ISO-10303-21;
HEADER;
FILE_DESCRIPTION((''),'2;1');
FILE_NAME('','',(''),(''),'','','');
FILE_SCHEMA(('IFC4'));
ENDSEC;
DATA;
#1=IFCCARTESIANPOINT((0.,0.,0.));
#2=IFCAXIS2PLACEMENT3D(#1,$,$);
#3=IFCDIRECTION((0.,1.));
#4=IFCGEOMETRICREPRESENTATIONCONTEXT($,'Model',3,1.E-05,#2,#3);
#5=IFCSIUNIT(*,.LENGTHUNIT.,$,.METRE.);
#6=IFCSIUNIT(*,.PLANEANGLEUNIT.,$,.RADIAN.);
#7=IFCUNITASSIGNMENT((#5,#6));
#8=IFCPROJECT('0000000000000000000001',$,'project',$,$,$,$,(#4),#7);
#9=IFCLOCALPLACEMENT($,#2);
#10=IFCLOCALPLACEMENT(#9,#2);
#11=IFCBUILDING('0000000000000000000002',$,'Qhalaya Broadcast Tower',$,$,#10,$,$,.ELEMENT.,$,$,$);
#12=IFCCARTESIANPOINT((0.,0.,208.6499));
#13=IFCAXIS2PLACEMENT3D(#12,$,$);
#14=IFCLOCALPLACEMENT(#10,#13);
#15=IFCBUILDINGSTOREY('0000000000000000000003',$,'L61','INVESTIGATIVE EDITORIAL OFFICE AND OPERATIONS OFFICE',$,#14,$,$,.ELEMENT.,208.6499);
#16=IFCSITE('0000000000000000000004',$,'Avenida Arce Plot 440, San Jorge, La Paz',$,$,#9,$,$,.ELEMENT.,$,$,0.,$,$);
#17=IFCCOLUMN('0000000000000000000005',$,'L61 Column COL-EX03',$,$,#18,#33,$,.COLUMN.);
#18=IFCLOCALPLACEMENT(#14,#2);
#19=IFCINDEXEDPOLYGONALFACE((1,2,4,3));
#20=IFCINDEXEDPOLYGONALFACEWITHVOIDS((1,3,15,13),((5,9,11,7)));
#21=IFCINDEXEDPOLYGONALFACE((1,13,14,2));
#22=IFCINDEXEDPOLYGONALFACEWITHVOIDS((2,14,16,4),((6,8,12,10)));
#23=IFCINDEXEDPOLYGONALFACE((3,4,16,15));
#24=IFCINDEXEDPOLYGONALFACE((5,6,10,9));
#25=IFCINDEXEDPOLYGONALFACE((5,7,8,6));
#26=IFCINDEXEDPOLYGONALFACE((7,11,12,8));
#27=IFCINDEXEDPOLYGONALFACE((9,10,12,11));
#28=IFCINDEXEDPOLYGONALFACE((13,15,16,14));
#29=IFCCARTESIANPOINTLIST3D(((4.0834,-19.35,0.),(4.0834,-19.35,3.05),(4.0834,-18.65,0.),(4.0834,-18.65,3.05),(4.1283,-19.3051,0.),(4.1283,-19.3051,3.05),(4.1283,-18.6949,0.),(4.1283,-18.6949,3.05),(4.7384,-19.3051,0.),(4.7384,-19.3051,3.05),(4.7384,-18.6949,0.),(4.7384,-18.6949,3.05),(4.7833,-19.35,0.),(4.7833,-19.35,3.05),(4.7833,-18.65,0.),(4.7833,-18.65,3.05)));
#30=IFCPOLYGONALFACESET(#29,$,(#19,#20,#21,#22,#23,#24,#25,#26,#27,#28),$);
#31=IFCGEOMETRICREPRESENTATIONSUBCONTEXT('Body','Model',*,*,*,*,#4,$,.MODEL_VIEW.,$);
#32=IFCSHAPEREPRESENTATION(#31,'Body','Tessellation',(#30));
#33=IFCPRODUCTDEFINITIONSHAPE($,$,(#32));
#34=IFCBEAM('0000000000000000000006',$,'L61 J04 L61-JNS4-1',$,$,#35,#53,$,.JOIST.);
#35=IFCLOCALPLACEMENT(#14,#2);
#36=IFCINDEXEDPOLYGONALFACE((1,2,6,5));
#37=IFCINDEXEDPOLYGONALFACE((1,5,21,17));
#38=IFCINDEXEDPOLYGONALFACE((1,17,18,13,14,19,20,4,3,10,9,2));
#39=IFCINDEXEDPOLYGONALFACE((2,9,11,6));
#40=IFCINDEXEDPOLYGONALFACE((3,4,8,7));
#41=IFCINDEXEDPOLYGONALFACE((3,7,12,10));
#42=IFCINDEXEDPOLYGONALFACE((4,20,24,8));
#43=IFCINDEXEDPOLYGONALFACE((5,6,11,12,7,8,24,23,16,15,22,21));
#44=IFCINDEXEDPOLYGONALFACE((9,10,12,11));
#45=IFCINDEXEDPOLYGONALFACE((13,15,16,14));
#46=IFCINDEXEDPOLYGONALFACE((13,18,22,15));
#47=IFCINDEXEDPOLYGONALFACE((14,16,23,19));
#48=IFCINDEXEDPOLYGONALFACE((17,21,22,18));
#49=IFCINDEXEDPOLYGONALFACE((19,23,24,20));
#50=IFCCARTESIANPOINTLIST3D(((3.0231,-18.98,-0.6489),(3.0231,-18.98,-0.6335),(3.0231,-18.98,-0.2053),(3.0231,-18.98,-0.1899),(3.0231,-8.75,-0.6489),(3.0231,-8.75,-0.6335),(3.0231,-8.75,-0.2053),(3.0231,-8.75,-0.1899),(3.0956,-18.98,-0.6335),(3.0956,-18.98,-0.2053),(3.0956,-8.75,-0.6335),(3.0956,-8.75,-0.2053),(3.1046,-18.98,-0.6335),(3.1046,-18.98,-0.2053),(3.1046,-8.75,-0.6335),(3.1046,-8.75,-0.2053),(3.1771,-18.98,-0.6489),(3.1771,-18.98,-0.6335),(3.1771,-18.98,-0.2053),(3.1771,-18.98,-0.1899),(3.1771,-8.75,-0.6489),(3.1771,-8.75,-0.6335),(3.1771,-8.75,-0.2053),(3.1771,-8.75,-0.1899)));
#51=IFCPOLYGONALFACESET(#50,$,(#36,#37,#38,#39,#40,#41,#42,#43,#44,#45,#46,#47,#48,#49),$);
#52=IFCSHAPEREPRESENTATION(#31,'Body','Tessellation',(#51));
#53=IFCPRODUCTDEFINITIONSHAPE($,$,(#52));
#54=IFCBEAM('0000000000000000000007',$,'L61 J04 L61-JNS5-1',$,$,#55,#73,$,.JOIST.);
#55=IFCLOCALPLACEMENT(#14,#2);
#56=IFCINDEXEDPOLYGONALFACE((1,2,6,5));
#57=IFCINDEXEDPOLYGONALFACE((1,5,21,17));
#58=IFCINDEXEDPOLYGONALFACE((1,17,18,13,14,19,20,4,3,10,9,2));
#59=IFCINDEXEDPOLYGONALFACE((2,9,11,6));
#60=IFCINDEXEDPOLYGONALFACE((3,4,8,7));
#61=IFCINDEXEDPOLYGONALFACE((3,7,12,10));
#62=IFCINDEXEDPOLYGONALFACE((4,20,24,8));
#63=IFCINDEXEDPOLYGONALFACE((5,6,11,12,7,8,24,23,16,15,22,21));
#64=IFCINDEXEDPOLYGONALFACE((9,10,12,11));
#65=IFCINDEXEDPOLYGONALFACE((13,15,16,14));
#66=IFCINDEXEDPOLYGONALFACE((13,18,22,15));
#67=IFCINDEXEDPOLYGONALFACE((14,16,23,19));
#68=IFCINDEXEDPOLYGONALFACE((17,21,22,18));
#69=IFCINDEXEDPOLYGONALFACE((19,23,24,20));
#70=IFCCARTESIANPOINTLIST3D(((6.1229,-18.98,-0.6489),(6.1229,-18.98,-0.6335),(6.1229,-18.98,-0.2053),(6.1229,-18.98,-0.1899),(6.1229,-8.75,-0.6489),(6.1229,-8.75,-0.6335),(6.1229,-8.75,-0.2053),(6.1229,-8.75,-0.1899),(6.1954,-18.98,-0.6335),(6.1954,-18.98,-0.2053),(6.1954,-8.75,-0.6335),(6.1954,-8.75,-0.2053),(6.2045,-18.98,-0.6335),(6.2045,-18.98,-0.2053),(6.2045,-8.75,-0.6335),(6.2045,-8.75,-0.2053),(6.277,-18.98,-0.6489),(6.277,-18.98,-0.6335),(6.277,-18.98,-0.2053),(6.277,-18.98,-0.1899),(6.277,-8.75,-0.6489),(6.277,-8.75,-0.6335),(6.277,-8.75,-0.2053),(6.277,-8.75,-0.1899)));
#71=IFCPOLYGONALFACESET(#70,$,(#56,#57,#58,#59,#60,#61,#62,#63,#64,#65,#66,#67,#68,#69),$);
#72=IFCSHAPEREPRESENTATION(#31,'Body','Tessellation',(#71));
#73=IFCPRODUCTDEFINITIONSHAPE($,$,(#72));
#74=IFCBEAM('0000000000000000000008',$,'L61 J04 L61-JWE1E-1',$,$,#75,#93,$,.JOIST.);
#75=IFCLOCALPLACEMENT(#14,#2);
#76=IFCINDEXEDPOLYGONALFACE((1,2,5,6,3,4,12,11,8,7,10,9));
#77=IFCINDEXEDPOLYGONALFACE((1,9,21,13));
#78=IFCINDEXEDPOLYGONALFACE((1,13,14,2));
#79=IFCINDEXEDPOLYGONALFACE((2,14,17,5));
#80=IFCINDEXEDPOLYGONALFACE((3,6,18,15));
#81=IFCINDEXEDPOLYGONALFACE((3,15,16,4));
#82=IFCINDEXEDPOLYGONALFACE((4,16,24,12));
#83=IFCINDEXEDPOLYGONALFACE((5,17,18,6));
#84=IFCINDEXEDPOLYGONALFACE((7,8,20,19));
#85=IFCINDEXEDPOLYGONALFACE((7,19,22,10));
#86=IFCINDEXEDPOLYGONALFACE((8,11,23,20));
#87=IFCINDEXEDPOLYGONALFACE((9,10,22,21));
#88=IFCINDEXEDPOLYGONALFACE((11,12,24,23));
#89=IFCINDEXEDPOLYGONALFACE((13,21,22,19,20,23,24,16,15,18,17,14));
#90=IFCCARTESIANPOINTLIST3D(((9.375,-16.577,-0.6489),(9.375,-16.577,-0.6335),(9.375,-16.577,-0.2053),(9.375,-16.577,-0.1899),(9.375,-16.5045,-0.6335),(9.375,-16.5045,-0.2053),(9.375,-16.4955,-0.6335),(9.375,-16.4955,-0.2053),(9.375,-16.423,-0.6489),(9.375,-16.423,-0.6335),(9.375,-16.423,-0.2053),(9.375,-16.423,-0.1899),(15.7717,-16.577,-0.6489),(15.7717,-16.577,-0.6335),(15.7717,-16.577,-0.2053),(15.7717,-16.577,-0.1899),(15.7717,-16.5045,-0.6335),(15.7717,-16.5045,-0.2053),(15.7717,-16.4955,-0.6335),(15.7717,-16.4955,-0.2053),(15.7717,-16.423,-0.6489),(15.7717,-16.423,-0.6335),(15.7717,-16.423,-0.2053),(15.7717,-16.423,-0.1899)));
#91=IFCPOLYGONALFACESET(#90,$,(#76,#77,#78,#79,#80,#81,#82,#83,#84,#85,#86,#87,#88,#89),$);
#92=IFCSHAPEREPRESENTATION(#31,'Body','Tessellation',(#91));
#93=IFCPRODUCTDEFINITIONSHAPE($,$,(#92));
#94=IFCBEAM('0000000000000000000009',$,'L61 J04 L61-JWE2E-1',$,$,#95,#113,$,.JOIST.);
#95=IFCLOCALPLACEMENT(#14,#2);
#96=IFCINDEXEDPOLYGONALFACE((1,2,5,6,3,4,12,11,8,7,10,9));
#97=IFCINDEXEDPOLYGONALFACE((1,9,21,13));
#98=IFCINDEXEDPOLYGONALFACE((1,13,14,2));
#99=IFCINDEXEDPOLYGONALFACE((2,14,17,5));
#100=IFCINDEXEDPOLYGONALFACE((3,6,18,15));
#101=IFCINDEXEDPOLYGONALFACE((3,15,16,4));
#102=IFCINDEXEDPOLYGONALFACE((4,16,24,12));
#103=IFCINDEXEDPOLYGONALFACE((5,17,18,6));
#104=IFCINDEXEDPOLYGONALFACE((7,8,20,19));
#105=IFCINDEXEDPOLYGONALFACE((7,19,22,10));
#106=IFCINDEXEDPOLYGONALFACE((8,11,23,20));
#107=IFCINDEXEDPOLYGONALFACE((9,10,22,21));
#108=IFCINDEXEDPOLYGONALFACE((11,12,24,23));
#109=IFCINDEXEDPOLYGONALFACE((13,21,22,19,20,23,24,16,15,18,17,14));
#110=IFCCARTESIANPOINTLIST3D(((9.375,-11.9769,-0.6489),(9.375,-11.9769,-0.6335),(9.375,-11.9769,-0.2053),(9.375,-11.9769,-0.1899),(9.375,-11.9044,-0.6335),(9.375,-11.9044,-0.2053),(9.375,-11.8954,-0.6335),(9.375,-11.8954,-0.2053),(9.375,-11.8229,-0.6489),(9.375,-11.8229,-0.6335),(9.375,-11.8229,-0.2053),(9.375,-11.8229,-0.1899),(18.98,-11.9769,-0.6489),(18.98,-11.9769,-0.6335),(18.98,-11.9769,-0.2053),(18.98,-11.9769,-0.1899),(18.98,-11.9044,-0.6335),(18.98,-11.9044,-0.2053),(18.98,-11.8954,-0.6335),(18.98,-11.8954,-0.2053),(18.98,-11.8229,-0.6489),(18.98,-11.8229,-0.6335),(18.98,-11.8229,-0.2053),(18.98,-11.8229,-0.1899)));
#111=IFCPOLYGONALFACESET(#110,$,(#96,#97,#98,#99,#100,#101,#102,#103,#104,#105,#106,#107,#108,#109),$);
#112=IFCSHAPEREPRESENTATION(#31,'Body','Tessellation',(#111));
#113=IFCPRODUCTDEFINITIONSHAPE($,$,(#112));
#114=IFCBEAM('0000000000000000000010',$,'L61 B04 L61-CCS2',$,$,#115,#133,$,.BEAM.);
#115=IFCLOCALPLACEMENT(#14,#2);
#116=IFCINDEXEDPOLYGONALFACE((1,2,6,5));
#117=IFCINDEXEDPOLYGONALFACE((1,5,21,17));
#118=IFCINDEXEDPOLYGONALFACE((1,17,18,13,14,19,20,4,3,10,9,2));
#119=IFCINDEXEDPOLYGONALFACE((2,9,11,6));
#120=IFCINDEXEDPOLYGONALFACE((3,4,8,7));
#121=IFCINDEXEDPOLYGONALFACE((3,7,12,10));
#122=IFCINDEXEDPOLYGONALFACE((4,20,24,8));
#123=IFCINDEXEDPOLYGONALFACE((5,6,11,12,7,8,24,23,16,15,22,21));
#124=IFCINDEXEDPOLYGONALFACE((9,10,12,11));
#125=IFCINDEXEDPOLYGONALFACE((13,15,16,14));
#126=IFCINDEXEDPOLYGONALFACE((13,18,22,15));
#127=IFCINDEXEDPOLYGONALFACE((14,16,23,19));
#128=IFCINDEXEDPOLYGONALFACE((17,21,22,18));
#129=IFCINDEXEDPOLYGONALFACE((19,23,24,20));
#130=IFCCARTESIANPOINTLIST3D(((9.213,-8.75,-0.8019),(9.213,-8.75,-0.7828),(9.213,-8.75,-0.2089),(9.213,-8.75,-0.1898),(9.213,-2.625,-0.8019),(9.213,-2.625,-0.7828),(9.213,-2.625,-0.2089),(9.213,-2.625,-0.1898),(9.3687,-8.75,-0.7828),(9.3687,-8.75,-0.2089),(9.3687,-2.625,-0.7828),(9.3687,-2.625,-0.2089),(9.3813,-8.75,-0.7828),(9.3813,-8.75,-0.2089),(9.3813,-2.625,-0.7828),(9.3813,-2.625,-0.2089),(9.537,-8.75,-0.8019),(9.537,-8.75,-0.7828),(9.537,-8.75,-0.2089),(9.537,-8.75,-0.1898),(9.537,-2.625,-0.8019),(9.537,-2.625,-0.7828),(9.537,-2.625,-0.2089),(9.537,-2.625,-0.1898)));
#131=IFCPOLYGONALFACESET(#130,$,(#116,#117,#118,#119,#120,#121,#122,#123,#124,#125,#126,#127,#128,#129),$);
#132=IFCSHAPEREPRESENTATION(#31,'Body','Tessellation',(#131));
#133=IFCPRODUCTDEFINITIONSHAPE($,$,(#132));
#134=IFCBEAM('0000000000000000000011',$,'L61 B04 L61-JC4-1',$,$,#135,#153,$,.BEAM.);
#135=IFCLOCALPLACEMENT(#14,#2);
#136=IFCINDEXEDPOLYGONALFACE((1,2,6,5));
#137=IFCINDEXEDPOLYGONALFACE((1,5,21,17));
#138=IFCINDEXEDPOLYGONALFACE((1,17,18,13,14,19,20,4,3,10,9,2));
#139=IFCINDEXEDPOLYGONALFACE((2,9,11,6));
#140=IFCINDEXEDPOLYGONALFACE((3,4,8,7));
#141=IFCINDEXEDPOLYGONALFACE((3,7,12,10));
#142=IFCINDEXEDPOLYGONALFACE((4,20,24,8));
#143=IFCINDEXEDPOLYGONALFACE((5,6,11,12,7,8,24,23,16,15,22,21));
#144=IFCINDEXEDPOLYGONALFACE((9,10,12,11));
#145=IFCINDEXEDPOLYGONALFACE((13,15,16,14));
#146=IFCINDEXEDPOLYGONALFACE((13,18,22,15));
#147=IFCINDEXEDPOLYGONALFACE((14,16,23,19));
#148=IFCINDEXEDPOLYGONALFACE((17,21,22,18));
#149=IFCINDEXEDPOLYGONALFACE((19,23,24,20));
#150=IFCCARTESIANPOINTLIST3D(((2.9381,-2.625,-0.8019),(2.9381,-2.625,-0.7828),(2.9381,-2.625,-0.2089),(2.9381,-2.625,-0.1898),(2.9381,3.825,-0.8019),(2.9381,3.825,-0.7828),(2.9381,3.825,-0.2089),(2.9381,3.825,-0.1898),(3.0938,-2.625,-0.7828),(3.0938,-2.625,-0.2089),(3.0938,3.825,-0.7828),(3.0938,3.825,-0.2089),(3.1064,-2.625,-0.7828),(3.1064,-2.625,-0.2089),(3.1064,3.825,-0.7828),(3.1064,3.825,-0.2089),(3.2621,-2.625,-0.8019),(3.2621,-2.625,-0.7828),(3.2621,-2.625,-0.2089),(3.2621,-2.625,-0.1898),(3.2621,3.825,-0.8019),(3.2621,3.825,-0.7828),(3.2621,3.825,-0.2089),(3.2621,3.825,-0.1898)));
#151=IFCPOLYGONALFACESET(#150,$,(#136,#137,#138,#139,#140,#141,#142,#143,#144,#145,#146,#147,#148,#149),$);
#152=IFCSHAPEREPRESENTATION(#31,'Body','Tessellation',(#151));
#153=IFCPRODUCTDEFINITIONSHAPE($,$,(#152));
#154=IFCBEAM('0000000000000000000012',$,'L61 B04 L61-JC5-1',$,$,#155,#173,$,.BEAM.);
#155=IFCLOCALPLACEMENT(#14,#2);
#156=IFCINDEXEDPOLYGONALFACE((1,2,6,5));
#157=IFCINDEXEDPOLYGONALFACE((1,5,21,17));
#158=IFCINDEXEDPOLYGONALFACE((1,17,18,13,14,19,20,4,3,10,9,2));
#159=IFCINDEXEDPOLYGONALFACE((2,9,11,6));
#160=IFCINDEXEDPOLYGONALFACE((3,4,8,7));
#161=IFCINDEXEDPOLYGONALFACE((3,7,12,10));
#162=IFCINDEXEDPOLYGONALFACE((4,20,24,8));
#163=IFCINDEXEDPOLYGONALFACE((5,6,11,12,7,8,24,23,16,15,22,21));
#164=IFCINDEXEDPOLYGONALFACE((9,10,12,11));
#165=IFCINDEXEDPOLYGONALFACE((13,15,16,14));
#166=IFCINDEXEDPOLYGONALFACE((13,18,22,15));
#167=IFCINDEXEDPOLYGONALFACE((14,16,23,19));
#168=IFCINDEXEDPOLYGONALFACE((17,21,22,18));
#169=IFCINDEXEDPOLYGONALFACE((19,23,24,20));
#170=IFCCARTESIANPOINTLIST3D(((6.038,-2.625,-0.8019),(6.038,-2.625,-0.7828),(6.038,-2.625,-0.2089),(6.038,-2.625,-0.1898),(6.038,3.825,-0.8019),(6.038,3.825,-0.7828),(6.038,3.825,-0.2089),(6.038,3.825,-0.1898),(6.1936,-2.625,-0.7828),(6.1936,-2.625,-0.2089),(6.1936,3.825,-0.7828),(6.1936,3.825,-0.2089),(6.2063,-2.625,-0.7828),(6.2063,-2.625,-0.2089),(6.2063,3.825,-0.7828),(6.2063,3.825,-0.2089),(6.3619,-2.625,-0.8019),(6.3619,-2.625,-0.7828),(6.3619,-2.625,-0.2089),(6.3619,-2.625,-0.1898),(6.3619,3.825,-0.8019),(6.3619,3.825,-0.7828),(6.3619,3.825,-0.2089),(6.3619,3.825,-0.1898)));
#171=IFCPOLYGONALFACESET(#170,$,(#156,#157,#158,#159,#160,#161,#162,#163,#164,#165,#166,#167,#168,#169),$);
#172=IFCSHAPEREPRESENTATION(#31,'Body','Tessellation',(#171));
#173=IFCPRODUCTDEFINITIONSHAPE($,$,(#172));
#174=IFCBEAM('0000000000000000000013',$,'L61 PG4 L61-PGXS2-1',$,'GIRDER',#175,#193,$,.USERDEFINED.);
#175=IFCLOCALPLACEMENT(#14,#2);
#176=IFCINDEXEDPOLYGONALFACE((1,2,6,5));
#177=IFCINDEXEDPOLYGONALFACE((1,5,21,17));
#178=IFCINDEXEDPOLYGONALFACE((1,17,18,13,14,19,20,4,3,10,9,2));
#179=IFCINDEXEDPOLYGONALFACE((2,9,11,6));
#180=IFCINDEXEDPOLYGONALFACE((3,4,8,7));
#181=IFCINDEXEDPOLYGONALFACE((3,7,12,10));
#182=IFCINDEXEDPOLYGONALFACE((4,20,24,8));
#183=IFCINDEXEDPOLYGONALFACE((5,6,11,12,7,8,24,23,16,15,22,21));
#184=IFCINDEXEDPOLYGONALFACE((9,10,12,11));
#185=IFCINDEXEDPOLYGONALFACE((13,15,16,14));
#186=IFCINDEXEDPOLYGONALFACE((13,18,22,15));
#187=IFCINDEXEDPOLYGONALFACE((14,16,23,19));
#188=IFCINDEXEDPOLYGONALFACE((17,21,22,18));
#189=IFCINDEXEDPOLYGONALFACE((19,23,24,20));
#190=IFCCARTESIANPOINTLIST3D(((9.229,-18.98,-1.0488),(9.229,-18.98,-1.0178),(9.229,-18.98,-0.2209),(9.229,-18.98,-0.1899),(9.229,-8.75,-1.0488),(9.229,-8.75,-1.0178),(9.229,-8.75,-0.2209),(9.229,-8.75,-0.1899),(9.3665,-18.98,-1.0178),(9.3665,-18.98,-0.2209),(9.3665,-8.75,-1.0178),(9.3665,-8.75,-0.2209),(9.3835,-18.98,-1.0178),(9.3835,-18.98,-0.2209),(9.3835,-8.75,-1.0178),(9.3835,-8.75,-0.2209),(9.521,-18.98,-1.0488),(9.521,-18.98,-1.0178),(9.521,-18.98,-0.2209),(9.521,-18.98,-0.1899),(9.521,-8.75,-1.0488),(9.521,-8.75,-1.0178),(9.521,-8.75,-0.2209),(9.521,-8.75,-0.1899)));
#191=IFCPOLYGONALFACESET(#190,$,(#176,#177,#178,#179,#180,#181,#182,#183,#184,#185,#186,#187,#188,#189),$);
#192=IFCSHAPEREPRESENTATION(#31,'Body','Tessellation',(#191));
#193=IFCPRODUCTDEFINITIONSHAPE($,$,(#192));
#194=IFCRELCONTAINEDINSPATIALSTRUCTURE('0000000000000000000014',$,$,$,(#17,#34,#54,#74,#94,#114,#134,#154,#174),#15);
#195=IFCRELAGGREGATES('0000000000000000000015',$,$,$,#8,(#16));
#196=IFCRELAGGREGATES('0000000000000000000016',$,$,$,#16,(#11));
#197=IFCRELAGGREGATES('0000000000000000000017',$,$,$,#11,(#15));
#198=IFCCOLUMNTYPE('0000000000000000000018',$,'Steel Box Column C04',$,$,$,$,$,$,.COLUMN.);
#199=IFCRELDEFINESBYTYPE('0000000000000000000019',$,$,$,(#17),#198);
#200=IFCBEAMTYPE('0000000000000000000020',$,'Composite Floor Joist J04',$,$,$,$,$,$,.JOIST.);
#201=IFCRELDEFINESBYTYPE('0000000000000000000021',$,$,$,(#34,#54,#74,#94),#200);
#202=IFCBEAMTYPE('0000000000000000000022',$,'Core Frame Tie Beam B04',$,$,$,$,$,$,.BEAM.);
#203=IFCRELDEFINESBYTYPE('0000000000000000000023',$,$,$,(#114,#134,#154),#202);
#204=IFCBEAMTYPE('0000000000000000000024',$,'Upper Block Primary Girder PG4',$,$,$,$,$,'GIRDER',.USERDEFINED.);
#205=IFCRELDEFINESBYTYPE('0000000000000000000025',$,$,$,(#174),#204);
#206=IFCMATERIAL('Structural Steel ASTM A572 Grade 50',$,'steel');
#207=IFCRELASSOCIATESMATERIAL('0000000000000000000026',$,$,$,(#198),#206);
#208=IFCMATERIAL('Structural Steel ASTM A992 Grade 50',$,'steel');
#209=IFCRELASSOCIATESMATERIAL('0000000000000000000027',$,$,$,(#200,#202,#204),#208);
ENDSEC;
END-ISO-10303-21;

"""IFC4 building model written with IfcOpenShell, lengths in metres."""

from ifc_helpers import new_model, si_unit, direction, frame, origin, origin_2d, place, context, subcontext, project, spatial, hollow_rectangle, i_section, extrude, material, material_profile, profile_set, type_object, element, save


model = new_model("IFC4")

# Units and contexts
model_context = context("Model", 3, precision=1e-05, world=origin(), true_north=direction((0.0, 1.0)))
body_context = subcontext(model_context, "Body", "Model", "MODEL_VIEW")
ifc_project = project(units=[si_unit("LENGTHUNIT", "METRE"), si_unit("PLANEANGLEUNIT", "RADIAN")], contexts=[model_context])

# Site, building, storey
site_placement = place(None, origin())
site = spatial("IfcSite", under=ifc_project, at=site_placement, Name="Avenida Arce Plot 440, San Jorge, La Paz", CompositionType="ELEMENT", RefElevation=0.0)
building_placement = place(site_placement, origin())
building = spatial("IfcBuilding", under=site, at=building_placement, Name="Qhalaya Broadcast Tower", CompositionType="ELEMENT")
storey_placement = place(building_placement, frame((0.0, 0.0, 208.6499)))
storey = spatial("IfcBuildingStorey", under=building, at=storey_placement, Name="L61", Description="INVESTIGATIVE EDITORIAL OFFICE AND OPERATIONS OFFICE", CompositionType="ELEMENT", Elevation=208.6499)

# Column
ifc_material_1 = material(Name="Structural Steel ASTM A572 Grade 50", Category="steel")
ifc_material_profile_1 = material_profile(ifc_material_1, hollow_rectangle(XDim=0.7, YDim=0.7, WallThickness=0.0449, at=origin_2d()), Name="BOX 700x700x45")
ifc_profile_set_1 = profile_set([ifc_material_profile_1], Name="Structural Steel ASTM A572 Grade 50")
column_type = type_object("IfcColumnType", Name="Steel Box Column C04", PredefinedType="COLUMN", material=ifc_profile_set_1)
column_placement = place(storey_placement, frame((4.4333, -19.0, 0.0), z_axis=(0.0, 0.0, 1.0), x_axis=(1.0, 0.0, 0.0)))
element("IfcColumn", 1, at=column_placement, inside=storey, type_object=column_type, Name="L61 Column COL-EX03", PredefinedType="COLUMN", context=body_context, shape_type="SweptSolid", body=[
    extrude(hollow_rectangle(XDim=0.7, YDim=0.7, WallThickness=0.0449, at=origin_2d()), origin(), (0.0, 0.0, 1.0), 3.05),
])

# Beams
ifc_material_2 = material(Name="Structural Steel ASTM A992 Grade 50", Category="steel")
ifc_material_profile_2 = material_profile(ifc_material_2, i_section(OverallWidth=0.1541, OverallDepth=0.459, WebThickness=0.009, FlangeThickness=0.0154, at=origin_2d()), Name="W18X46")
ifc_profile_set_2 = profile_set([ifc_material_profile_2], Name="Structural Steel ASTM A992 Grade 50")
beam_type_1 = type_object("IfcBeamType", Name="Composite Floor Joist J04", PredefinedType="JOIST", material=ifc_profile_set_2)
for number, where, z_axis, x_axis, name in (
    (2, (3.1001, -18.98, -0.4194), (0.0, 1.0, 0.0), (-1.0, 0.0, 0.0), "L61 J04 L61-JNS4-1"),
    (3, (6.2, -18.98, -0.4194), (0.0, 1.0, 0.0), (-1.0, 0.0, 0.0), "L61 J04 L61-JNS5-1"),
):
    element("IfcBeam", number, at=place(storey_placement, frame(where, z_axis=z_axis, x_axis=x_axis)), inside=storey, type_object=beam_type_1, Name=name, PredefinedType="JOIST", context=body_context, shape_type="SweptSolid", body=[
        extrude(i_section(OverallWidth=0.1541, OverallDepth=0.459, WebThickness=0.009, FlangeThickness=0.0154, at=origin_2d()), origin(), (0.0, 0.0, 1.0), 10.23),
    ])
beam_1_placement = place(storey_placement, frame((9.375, -16.5, -0.4194), z_axis=(1.0, 0.0, 0.0), x_axis=(0.0, 1.0, 0.0)))
element("IfcBeam", 4, at=beam_1_placement, inside=storey, type_object=beam_type_1, Name="L61 J04 L61-JWE1E-1", PredefinedType="JOIST", context=body_context, shape_type="SweptSolid", body=[
    extrude(i_section(OverallWidth=0.1541, OverallDepth=0.459, WebThickness=0.009, FlangeThickness=0.0154, at=origin_2d()), origin(), (0.0, 0.0, 1.0), 6.3967),
])
beam_2_placement = place(storey_placement, frame((9.375, -11.8999, -0.4194), z_axis=(1.0, 0.0, 0.0), x_axis=(0.0, 1.0, 0.0)))
element("IfcBeam", 5, at=beam_2_placement, inside=storey, type_object=beam_type_1, Name="L61 J04 L61-JWE2E-1", PredefinedType="JOIST", context=body_context, shape_type="SweptSolid", body=[
    extrude(i_section(OverallWidth=0.1541, OverallDepth=0.459, WebThickness=0.009, FlangeThickness=0.0154, at=origin_2d()), origin(), (0.0, 0.0, 1.0), 9.605),
])
ifc_material_profile_3 = material_profile(ifc_material_2, i_section(OverallWidth=0.324, OverallDepth=0.6121, WebThickness=0.0127, FlangeThickness=0.019, at=origin_2d()), Name="W24X104")
ifc_profile_set_3 = profile_set([ifc_material_profile_3], Name="Structural Steel ASTM A992 Grade 50")
beam_type_2 = type_object("IfcBeamType", Name="Core Frame Tie Beam B04", PredefinedType="BEAM", material=ifc_profile_set_3)
beam_3_placement = place(storey_placement, frame((9.375, -8.75, -0.4958), z_axis=(0.0, 1.0, 0.0), x_axis=(-1.0, 0.0, 0.0)))
element("IfcBeam", 6, at=beam_3_placement, inside=storey, type_object=beam_type_2, Name="L61 B04 L61-CCS2", PredefinedType="BEAM", context=body_context, shape_type="SweptSolid", body=[
    extrude(i_section(OverallWidth=0.324, OverallDepth=0.6121, WebThickness=0.0127, FlangeThickness=0.019, at=origin_2d()), origin(), (0.0, 0.0, 1.0), 6.125),
])
for number, where, z_axis, x_axis, name in (
    (7, (3.1001, -2.625, -0.4958), (0.0, 1.0, 0.0), (-1.0, 0.0, 0.0), "L61 B04 L61-JC4-1"),
    (8, (6.2, -2.625, -0.4958), (0.0, 1.0, 0.0), (-1.0, 0.0, 0.0), "L61 B04 L61-JC5-1"),
):
    element("IfcBeam", number, at=place(storey_placement, frame(where, z_axis=z_axis, x_axis=x_axis)), inside=storey, type_object=beam_type_2, Name=name, PredefinedType="BEAM", context=body_context, shape_type="SweptSolid", body=[
        extrude(i_section(OverallWidth=0.324, OverallDepth=0.6121, WebThickness=0.0127, FlangeThickness=0.019, at=origin_2d()), origin(), (0.0, 0.0, 1.0), 6.45),
    ])
ifc_material_profile_4 = material_profile(ifc_material_2, i_section(OverallWidth=0.292, OverallDepth=0.8589, WebThickness=0.0171, FlangeThickness=0.031, at=origin_2d()), Name="W33X169")
ifc_profile_set_4 = profile_set([ifc_material_profile_4], Name="Structural Steel ASTM A992 Grade 50")
beam_type_3 = type_object("IfcBeamType", Name="Upper Block Primary Girder PG4", ElementType="GIRDER", PredefinedType="USERDEFINED", material=ifc_profile_set_4)
beam_4_placement = place(storey_placement, frame((9.375, -18.98, -0.6194), z_axis=(0.0, 1.0, 0.0), x_axis=(-1.0, 0.0, 0.0)))
element("IfcBeam", 9, at=beam_4_placement, inside=storey, type_object=beam_type_3, Name="L61 PG4 L61-PGXS2-1", ObjectType="GIRDER", PredefinedType="USERDEFINED", context=body_context, shape_type="SweptSolid", body=[
    extrude(i_section(OverallWidth=0.292, OverallDepth=0.8589, WebThickness=0.0171, FlangeThickness=0.031, at=origin_2d()), origin(), (0.0, 0.0, 1.0), 10.23),
])

save(model, "model.ifc")
